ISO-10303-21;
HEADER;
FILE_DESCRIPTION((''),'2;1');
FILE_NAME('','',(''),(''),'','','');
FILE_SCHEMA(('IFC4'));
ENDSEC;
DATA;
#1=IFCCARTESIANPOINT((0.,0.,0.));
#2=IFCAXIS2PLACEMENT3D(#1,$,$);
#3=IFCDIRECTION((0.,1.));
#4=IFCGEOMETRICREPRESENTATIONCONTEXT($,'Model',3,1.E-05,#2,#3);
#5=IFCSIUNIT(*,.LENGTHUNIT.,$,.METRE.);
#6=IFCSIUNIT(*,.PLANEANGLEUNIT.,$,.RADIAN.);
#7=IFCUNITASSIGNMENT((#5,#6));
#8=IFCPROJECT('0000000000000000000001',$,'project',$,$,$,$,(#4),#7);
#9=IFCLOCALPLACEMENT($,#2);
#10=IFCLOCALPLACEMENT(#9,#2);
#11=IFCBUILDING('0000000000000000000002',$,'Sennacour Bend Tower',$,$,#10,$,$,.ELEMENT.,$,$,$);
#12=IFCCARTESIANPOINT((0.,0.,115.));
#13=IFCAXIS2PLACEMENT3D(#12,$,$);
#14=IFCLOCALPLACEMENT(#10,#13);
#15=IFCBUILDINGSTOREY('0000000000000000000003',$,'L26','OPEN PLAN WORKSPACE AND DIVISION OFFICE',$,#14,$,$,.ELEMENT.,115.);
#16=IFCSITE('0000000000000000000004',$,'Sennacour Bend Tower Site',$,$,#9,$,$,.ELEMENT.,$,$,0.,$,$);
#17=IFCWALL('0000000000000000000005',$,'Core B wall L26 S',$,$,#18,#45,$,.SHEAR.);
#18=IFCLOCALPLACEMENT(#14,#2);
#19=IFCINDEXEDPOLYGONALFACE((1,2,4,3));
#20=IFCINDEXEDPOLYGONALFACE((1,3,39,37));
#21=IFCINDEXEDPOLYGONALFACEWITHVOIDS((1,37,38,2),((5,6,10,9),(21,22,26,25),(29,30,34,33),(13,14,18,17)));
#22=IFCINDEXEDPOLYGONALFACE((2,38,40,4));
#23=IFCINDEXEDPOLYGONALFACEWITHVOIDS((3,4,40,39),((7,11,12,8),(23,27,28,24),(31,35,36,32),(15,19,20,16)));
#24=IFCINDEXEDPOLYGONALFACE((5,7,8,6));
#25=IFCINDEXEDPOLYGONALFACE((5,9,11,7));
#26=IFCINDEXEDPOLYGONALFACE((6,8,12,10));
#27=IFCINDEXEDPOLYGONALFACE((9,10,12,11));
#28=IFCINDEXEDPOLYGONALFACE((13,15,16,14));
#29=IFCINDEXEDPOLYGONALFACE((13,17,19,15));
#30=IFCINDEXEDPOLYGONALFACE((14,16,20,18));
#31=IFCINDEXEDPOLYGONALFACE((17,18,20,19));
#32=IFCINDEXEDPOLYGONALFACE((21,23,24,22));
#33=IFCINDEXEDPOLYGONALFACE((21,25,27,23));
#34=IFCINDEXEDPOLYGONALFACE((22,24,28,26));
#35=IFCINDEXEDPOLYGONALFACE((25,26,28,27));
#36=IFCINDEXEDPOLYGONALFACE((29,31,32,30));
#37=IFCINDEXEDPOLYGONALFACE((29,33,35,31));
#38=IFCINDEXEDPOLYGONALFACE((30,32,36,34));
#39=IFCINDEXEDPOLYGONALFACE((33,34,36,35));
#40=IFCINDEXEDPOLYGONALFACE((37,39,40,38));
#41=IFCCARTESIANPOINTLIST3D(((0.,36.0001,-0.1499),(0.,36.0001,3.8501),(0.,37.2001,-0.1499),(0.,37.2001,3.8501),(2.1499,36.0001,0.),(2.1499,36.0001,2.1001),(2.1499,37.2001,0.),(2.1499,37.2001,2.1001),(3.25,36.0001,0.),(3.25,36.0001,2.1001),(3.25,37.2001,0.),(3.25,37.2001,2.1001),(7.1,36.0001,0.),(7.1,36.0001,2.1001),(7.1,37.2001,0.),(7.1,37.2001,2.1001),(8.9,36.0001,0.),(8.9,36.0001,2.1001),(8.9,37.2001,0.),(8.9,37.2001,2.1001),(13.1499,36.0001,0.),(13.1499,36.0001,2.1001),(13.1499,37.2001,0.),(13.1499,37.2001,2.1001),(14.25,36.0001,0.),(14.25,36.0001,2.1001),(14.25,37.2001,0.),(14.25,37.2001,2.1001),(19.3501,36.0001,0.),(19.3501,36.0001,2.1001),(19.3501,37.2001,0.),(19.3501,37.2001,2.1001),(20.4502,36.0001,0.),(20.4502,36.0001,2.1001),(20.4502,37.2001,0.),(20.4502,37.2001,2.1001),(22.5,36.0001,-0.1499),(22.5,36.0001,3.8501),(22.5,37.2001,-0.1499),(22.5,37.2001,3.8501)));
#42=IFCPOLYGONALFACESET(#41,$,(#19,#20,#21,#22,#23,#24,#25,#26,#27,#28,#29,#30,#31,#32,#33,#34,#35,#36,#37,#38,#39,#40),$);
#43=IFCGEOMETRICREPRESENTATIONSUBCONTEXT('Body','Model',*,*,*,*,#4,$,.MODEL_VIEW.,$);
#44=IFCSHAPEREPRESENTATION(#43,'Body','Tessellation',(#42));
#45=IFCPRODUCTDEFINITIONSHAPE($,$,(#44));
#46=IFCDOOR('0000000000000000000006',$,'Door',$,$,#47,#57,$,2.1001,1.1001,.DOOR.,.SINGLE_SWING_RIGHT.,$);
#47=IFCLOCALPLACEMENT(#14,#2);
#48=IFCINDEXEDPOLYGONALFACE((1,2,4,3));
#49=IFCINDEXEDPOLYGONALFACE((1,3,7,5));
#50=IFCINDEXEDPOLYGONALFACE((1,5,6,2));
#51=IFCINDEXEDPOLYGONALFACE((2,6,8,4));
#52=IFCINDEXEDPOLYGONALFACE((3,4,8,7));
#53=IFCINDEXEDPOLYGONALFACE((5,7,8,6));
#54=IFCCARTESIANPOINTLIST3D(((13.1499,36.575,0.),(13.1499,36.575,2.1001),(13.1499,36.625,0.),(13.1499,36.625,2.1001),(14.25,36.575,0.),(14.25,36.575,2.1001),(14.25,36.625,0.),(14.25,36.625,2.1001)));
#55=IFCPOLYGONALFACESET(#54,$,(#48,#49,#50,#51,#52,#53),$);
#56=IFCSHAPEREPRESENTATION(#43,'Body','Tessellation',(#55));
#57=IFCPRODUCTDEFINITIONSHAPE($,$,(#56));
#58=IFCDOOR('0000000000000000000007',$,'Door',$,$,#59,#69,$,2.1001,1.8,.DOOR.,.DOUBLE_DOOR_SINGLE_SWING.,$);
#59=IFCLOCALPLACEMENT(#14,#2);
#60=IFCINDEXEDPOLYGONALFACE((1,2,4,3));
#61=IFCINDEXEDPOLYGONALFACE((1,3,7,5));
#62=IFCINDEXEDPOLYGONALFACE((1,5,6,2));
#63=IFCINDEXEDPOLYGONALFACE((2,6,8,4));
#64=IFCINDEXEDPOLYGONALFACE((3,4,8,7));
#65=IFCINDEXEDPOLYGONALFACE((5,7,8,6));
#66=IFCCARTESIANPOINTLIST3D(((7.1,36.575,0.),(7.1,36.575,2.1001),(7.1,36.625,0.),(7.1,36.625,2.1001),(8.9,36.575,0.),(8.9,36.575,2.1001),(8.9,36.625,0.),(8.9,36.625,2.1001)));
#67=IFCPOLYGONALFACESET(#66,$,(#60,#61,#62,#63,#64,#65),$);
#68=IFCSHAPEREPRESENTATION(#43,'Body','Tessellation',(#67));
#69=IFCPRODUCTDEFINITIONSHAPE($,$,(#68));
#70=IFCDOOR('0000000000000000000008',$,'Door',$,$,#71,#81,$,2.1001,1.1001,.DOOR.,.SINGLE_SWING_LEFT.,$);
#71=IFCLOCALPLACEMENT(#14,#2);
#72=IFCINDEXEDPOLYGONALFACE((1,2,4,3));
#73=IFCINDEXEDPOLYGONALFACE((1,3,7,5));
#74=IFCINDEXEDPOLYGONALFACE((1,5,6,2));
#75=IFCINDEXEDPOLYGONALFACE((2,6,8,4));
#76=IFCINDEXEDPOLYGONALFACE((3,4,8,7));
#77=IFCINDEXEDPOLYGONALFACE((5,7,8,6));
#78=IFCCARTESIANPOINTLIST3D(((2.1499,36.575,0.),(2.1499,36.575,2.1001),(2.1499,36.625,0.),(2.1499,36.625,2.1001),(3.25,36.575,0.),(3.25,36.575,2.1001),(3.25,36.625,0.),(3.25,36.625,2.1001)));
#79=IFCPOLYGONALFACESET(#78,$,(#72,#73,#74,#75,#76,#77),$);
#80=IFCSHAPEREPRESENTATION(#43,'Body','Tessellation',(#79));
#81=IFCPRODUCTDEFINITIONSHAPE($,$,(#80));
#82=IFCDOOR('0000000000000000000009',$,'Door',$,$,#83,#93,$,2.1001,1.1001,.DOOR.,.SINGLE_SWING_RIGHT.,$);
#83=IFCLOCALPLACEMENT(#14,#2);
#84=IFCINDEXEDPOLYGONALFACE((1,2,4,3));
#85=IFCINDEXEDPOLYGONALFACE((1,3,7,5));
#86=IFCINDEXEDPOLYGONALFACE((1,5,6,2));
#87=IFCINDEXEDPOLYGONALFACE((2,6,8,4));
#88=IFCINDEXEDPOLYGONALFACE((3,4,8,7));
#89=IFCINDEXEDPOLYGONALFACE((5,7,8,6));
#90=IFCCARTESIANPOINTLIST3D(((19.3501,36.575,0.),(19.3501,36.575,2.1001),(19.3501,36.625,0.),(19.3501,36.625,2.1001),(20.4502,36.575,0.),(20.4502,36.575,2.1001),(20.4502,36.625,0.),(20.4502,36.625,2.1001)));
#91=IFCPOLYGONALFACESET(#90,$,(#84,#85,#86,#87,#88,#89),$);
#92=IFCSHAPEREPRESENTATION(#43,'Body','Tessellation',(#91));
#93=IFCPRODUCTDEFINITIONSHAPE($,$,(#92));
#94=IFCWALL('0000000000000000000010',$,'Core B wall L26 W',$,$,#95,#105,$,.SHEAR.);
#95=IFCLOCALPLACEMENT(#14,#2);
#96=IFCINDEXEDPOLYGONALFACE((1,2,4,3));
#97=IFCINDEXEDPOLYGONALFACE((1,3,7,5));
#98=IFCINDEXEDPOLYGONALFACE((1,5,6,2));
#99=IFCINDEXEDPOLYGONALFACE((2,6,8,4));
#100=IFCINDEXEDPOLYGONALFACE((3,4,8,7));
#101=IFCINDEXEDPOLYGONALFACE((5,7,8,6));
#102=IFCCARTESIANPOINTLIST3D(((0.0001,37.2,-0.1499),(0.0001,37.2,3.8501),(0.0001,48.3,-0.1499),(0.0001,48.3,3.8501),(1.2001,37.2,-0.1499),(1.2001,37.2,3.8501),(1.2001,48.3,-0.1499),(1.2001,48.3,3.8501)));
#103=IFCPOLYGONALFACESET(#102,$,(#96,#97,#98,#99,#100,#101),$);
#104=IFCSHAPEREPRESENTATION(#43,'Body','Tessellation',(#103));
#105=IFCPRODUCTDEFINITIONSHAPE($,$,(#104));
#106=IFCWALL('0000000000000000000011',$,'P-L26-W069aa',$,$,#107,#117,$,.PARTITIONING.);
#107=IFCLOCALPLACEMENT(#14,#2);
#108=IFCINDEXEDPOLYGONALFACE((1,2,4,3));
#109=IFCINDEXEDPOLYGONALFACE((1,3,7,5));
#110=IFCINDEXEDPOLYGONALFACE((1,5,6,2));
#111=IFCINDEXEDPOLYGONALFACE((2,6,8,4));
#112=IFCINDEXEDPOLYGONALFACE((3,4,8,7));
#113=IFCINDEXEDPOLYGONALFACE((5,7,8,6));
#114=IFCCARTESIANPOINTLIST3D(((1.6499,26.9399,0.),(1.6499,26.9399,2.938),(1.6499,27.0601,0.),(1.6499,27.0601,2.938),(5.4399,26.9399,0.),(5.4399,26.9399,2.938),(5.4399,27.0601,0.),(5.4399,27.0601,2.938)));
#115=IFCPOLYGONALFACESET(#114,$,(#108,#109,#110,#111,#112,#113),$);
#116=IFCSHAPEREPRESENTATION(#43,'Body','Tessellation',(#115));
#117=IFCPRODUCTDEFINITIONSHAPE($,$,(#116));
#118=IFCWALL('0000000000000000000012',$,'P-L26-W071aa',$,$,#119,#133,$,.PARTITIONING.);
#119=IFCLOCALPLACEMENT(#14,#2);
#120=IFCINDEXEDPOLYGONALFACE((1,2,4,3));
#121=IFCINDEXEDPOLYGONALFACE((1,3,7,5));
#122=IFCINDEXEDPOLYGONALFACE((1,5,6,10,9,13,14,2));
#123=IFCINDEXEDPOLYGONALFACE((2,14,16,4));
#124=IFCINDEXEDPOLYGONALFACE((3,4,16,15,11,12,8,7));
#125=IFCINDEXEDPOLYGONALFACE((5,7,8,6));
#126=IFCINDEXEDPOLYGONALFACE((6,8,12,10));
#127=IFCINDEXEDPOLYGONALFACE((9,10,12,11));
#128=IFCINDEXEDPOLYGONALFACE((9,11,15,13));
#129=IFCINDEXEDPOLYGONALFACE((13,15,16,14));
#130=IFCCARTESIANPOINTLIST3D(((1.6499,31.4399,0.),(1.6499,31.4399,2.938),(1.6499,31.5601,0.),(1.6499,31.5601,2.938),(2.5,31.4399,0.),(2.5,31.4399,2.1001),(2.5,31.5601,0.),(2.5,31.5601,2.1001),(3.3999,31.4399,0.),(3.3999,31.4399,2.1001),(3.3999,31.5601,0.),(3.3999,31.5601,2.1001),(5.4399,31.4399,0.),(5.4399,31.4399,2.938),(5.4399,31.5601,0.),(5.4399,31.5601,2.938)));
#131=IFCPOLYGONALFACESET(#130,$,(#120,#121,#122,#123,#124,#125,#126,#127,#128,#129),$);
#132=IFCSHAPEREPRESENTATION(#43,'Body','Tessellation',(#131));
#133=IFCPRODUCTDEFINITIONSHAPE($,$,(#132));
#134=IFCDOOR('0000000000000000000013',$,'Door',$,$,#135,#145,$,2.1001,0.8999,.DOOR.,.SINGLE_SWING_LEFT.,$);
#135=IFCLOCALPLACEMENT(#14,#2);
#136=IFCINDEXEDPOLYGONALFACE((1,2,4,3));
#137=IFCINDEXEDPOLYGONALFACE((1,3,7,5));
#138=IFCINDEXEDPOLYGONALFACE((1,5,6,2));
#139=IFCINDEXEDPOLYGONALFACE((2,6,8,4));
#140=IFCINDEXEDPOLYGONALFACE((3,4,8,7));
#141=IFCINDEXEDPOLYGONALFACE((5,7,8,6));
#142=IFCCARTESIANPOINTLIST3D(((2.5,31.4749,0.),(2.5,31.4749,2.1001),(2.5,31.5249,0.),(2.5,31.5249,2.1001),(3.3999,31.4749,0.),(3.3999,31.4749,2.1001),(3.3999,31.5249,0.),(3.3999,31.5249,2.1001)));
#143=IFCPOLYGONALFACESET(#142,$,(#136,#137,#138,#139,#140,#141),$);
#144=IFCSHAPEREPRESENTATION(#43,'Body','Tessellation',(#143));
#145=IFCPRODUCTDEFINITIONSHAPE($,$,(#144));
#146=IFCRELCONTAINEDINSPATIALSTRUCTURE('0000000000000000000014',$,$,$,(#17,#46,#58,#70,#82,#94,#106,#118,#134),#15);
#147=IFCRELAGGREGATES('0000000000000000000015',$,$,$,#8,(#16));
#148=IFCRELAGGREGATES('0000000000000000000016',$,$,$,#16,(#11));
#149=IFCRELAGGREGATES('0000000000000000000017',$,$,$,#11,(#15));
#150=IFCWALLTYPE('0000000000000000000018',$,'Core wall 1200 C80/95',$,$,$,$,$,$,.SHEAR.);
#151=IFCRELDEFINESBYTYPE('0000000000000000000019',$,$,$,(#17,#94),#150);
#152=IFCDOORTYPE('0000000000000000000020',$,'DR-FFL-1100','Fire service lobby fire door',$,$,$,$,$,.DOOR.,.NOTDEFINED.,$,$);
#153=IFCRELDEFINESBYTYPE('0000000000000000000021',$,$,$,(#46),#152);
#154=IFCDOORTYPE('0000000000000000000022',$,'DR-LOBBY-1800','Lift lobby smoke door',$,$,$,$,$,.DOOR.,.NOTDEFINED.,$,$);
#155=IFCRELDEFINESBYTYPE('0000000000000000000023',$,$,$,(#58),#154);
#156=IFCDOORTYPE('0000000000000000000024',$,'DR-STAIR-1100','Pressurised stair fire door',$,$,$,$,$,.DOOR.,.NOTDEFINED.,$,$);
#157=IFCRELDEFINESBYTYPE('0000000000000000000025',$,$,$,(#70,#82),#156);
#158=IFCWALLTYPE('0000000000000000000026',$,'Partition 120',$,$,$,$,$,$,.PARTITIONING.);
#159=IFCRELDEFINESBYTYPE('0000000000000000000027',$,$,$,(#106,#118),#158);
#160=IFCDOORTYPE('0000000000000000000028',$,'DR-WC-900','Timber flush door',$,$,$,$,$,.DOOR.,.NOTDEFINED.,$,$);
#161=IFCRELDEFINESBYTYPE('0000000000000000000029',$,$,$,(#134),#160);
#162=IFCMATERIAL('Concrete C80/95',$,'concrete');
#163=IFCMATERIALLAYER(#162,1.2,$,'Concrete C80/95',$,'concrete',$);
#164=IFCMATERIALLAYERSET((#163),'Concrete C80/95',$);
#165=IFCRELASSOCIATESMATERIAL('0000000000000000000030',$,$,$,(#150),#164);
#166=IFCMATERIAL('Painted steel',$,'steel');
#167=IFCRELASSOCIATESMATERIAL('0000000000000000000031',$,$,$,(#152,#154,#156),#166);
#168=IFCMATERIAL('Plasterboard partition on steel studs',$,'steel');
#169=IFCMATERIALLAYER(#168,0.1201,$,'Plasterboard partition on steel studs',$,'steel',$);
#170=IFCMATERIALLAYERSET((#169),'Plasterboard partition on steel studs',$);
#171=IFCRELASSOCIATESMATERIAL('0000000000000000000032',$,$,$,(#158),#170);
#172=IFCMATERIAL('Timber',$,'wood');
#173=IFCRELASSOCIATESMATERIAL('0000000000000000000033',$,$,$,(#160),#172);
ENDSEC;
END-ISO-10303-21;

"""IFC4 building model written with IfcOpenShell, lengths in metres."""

from ifc_helpers import new_model, si_unit, direction, frame, frame_2d, origin, place, context, subcontext, project, spatial, rectangle, extrude, material, layer, layer_set, type_object, element, fill, save


model = new_model("IFC4")

# Units and contexts
model_context = context("Model", 3, precision=1e-05, world=origin(), true_north=direction((0.0, 1.0)))
body_context = subcontext(model_context, "Body", "Model", "MODEL_VIEW")
ifc_project = project(units=[si_unit("LENGTHUNIT", "METRE"), si_unit("PLANEANGLEUNIT", "RADIAN")], contexts=[model_context])

# Site, building, storey
site_placement = place(None, origin())
site = spatial("IfcSite", under=ifc_project, at=site_placement, Name="Sennacour Bend Tower Site", CompositionType="ELEMENT", RefElevation=0.0)
building_placement = place(site_placement, origin())
building = spatial("IfcBuilding", under=site, at=building_placement, Name="Sennacour Bend Tower", CompositionType="ELEMENT")
storey_placement = place(building_placement, frame((0.0, 0.0, 115.0)))
storey = spatial("IfcBuildingStorey", under=building, at=storey_placement, Name="L26", Description="OPEN PLAN WORKSPACE AND DIVISION OFFICE", CompositionType="ELEMENT", Elevation=115.0)

# Wall, openings, doors
ifc_material_1 = material(Name="Concrete C80/95", Category="concrete")
ifc_layer_1 = layer(ifc_material_1, 1.2, Name="Concrete C80/95", Category="concrete")
ifc_layer_set_1 = layer_set([ifc_layer_1], Name="Concrete C80/95")
wall_type_1 = type_object("IfcWallType", Name="Core wall 1200 C80/95", PredefinedType="SHEAR", material=ifc_layer_set_1)
wall_1_placement = place(storey_placement, frame((0.0, 36.6001, -0.1499), z_axis=(0.0, 0.0, 1.0), x_axis=(1.0, 0.0, 0.0)))
wall_1 = element("IfcWall", 1, at=wall_1_placement, inside=storey, type_object=wall_type_1, Name="Core B wall L26 S", PredefinedType="SHEAR", context=body_context, shape_type="SweptSolid", body=[
    extrude(rectangle(XDim=22.5, YDim=1.2, at=frame_2d((11.25, 0.0))), origin(), (0.0, 0.0, 1.0), 4.0),
])
opening_1_placement = place(wall_1_placement, frame((7.1001, 0.0, 0.1499)))
opening_1 = element("IfcOpeningElement", 2, at=opening_1_placement, cuts=wall_1, PredefinedType="OPENING", context=body_context, shape_type="SweptSolid", body=[
    extrude(rectangle(XDim=1.8, YDim=2.1001, at=frame_2d((0.8999, 1.05))), frame((0.0, 0.6099, 0.0), z_axis=(0.0, -1.0, 0.0), x_axis=(1.0, 0.0, 0.0)), (0.0, 0.0, 1.0), 1.22),
])
opening_2_placement = place(wall_1_placement, frame((13.1499, 0.0, 0.1499)))
opening_2 = element("IfcOpeningElement", 3, at=opening_2_placement, cuts=wall_1, PredefinedType="OPENING", context=body_context, shape_type="SweptSolid", body=[
    extrude(rectangle(XDim=1.1001, YDim=2.1001, at=frame_2d((0.55, 1.05))), frame((0.0, 0.6099, 0.0), z_axis=(0.0, -1.0, 0.0), x_axis=(1.0, 0.0, 0.0)), (0.0, 0.0, 1.0), 1.22),
])
opening_3_placement = place(wall_1_placement, frame((2.1499, 0.0, 0.1499)))
opening_3 = element("IfcOpeningElement", 4, at=opening_3_placement, cuts=wall_1, PredefinedType="OPENING", context=body_context, shape_type="SweptSolid", body=[
    extrude(rectangle(XDim=1.1001, YDim=2.1001, at=frame_2d((0.55, 1.05))), frame((0.0, 0.6099, 0.0), z_axis=(0.0, -1.0, 0.0), x_axis=(1.0, 0.0, 0.0)), (0.0, 0.0, 1.0), 1.22),
])
opening_4_placement = place(wall_1_placement, frame((19.3501, 0.0, 0.1499)))
opening_4 = element("IfcOpeningElement", 5, at=opening_4_placement, cuts=wall_1, PredefinedType="OPENING", context=body_context, shape_type="SweptSolid", body=[
    extrude(rectangle(XDim=1.1001, YDim=2.1001, at=frame_2d((0.55, 1.05))), frame((0.0, 0.6099, 0.0), z_axis=(0.0, -1.0, 0.0), x_axis=(1.0, 0.0, 0.0)), (0.0, 0.0, 1.0), 1.22),
])
ifc_material_2 = material(Name="Painted steel", Category="steel")
door_type_1 = type_object("IfcDoorType", Name="DR-FFL-1100", Description="Fire service lobby fire door", OperationType="NOTDEFINED", PredefinedType="DOOR", material=ifc_material_2)
door_1_placement = place(opening_2_placement, origin())
door_1 = element("IfcDoor", 6, at=door_1_placement, inside=storey, type_object=door_type_1, Name="Door", OperationType="SINGLE_SWING_RIGHT", OverallHeight=2.1001, OverallWidth=1.1001, PredefinedType="DOOR", context=body_context, shape_type="SweptSolid", body=[
    extrude(rectangle(XDim=1.1001, YDim=2.1001, at=frame_2d((0.55, 1.05))), frame((0.0, 0.0249, 0.0), z_axis=(0.0, -1.0, 0.0), x_axis=(1.0, 0.0, 0.0)), (0.0, 0.0, 1.0), 0.05),
])
fill(opening_2, door_1)
door_type_2 = type_object("IfcDoorType", Name="DR-LOBBY-1800", Description="Lift lobby smoke door", OperationType="NOTDEFINED", PredefinedType="DOOR", material=ifc_material_2)
door_2_placement = place(opening_1_placement, origin())
door_2 = element("IfcDoor", 7, at=door_2_placement, inside=storey, type_object=door_type_2, Name="Door", OperationType="DOUBLE_DOOR_SINGLE_SWING", OverallHeight=2.1001, OverallWidth=1.8, PredefinedType="DOOR", context=body_context, shape_type="SweptSolid", body=[
    extrude(rectangle(XDim=1.8, YDim=2.1001, at=frame_2d((0.8999, 1.05))), frame((0.0, 0.0249, 0.0), z_axis=(0.0, -1.0, 0.0), x_axis=(1.0, 0.0, 0.0)), (0.0, 0.0, 1.0), 0.05),
])
fill(opening_1, door_2)
door_type_3 = type_object("IfcDoorType", Name="DR-STAIR-1100", Description="Pressurised stair fire door", OperationType="NOTDEFINED", PredefinedType="DOOR", material=ifc_material_2)
door_3_placement = place(opening_3_placement, origin())
door_3 = element("IfcDoor", 8, at=door_3_placement, inside=storey, type_object=door_type_3, Name="Door", OperationType="SINGLE_SWING_LEFT", OverallHeight=2.1001, OverallWidth=1.1001, PredefinedType="DOOR", context=body_context, shape_type="SweptSolid", body=[
    extrude(rectangle(XDim=1.1001, YDim=2.1001, at=frame_2d((0.55, 1.05))), frame((0.0, 0.0249, 0.0), z_axis=(0.0, -1.0, 0.0), x_axis=(1.0, 0.0, 0.0)), (0.0, 0.0, 1.0), 0.05),
])
fill(opening_3, door_3)
door_4_placement = place(opening_4_placement, origin())
door_4 = element("IfcDoor", 9, at=door_4_placement, inside=storey, type_object=door_type_3, Name="Door", OperationType="SINGLE_SWING_RIGHT", OverallHeight=2.1001, OverallWidth=1.1001, PredefinedType="DOOR", context=body_context, shape_type="SweptSolid", body=[
    extrude(rectangle(XDim=1.1001, YDim=2.1001, at=frame_2d((0.55, 1.05))), frame((0.0, 0.0249, 0.0), z_axis=(0.0, -1.0, 0.0), x_axis=(1.0, 0.0, 0.0)), (0.0, 0.0, 1.0), 0.05),
])
fill(opening_4, door_4)

# Walls
wall_2_placement = place(storey_placement, frame((0.6001, 37.2, -0.1499), z_axis=(0.0, 0.0, 1.0), x_axis=(0.0, 1.0, 0.0)))
element("IfcWall", 10, at=wall_2_placement, inside=storey, type_object=wall_type_1, Name="Core B wall L26 W", PredefinedType="SHEAR", context=body_context, shape_type="SweptSolid", body=[
    extrude(rectangle(XDim=11.1001, YDim=1.2, at=frame_2d((5.55, 0.0))), origin(), (0.0, 0.0, 1.0), 4.0),
])
ifc_material_3 = material(Name="Plasterboard partition on steel studs", Category="steel")
ifc_layer_2 = layer(ifc_material_3, 0.1201, Name="Plasterboard partition on steel studs", Category="steel")
ifc_layer_set_2 = layer_set([ifc_layer_2], Name="Plasterboard partition on steel studs")
wall_type_2 = type_object("IfcWallType", Name="Partition 120", PredefinedType="PARTITIONING", material=ifc_layer_set_2)
wall_3_placement = place(storey_placement, frame((1.6499, 27.0, 0.0), z_axis=(0.0, 0.0, 1.0), x_axis=(1.0, 0.0, 0.0)))
element("IfcWall", 11, at=wall_3_placement, inside=storey, type_object=wall_type_2, Name="P-L26-W069aa", PredefinedType="PARTITIONING", context=body_context, shape_type="SweptSolid", body=[
    extrude(rectangle(XDim=3.79, YDim=0.1201, at=frame_2d((1.895, 0.0))), origin(), (0.0, 0.0, 1.0), 2.938),
])

# Wall, opening, door
wall_4_placement = place(storey_placement, frame((1.6499, 31.5, 0.0), z_axis=(0.0, 0.0, 1.0), x_axis=(1.0, 0.0, 0.0)))
wall_4 = element("IfcWall", 12, at=wall_4_placement, inside=storey, type_object=wall_type_2, Name="P-L26-W071aa", PredefinedType="PARTITIONING", context=body_context, shape_type="SweptSolid", body=[
    extrude(rectangle(XDim=3.79, YDim=0.1201, at=frame_2d((1.895, 0.0))), origin(), (0.0, 0.0, 1.0), 2.938),
])
opening_5_placement = place(wall_4_placement, frame((0.8501, 0.0, 0.0)))
opening_5 = element("IfcOpeningElement", 13, at=opening_5_placement, cuts=wall_4, PredefinedType="OPENING", context=body_context, shape_type="SweptSolid", body=[
    extrude(rectangle(XDim=0.8999, YDim=2.1001, at=frame_2d((0.45, 1.05))), frame((0.0, 0.0701, 0.0), z_axis=(0.0, -1.0, 0.0), x_axis=(1.0, 0.0, 0.0)), (0.0, 0.0, 1.0), 0.1401),
])
ifc_material_4 = material(Name="Timber", Category="wood")
door_type_4 = type_object("IfcDoorType", Name="DR-WC-900", Description="Timber flush door", OperationType="NOTDEFINED", PredefinedType="DOOR", material=ifc_material_4)
door_5_placement = place(opening_5_placement, origin())
door_5 = element("IfcDoor", 14, at=door_5_placement, inside=storey, type_object=door_type_4, Name="Door", OperationType="SINGLE_SWING_LEFT", OverallHeight=2.1001, OverallWidth=0.8999, PredefinedType="DOOR", context=body_context, shape_type="SweptSolid", body=[
    extrude(rectangle(XDim=0.8999, YDim=2.1001, at=frame_2d((0.45, 1.05))), frame((0.0, 0.0249, 0.0), z_axis=(0.0, -1.0, 0.0), x_axis=(1.0, 0.0, 0.0)), (0.0, 0.0, 1.0), 0.05),
])
fill(opening_5, door_5)

save(model, "model.ifc")
